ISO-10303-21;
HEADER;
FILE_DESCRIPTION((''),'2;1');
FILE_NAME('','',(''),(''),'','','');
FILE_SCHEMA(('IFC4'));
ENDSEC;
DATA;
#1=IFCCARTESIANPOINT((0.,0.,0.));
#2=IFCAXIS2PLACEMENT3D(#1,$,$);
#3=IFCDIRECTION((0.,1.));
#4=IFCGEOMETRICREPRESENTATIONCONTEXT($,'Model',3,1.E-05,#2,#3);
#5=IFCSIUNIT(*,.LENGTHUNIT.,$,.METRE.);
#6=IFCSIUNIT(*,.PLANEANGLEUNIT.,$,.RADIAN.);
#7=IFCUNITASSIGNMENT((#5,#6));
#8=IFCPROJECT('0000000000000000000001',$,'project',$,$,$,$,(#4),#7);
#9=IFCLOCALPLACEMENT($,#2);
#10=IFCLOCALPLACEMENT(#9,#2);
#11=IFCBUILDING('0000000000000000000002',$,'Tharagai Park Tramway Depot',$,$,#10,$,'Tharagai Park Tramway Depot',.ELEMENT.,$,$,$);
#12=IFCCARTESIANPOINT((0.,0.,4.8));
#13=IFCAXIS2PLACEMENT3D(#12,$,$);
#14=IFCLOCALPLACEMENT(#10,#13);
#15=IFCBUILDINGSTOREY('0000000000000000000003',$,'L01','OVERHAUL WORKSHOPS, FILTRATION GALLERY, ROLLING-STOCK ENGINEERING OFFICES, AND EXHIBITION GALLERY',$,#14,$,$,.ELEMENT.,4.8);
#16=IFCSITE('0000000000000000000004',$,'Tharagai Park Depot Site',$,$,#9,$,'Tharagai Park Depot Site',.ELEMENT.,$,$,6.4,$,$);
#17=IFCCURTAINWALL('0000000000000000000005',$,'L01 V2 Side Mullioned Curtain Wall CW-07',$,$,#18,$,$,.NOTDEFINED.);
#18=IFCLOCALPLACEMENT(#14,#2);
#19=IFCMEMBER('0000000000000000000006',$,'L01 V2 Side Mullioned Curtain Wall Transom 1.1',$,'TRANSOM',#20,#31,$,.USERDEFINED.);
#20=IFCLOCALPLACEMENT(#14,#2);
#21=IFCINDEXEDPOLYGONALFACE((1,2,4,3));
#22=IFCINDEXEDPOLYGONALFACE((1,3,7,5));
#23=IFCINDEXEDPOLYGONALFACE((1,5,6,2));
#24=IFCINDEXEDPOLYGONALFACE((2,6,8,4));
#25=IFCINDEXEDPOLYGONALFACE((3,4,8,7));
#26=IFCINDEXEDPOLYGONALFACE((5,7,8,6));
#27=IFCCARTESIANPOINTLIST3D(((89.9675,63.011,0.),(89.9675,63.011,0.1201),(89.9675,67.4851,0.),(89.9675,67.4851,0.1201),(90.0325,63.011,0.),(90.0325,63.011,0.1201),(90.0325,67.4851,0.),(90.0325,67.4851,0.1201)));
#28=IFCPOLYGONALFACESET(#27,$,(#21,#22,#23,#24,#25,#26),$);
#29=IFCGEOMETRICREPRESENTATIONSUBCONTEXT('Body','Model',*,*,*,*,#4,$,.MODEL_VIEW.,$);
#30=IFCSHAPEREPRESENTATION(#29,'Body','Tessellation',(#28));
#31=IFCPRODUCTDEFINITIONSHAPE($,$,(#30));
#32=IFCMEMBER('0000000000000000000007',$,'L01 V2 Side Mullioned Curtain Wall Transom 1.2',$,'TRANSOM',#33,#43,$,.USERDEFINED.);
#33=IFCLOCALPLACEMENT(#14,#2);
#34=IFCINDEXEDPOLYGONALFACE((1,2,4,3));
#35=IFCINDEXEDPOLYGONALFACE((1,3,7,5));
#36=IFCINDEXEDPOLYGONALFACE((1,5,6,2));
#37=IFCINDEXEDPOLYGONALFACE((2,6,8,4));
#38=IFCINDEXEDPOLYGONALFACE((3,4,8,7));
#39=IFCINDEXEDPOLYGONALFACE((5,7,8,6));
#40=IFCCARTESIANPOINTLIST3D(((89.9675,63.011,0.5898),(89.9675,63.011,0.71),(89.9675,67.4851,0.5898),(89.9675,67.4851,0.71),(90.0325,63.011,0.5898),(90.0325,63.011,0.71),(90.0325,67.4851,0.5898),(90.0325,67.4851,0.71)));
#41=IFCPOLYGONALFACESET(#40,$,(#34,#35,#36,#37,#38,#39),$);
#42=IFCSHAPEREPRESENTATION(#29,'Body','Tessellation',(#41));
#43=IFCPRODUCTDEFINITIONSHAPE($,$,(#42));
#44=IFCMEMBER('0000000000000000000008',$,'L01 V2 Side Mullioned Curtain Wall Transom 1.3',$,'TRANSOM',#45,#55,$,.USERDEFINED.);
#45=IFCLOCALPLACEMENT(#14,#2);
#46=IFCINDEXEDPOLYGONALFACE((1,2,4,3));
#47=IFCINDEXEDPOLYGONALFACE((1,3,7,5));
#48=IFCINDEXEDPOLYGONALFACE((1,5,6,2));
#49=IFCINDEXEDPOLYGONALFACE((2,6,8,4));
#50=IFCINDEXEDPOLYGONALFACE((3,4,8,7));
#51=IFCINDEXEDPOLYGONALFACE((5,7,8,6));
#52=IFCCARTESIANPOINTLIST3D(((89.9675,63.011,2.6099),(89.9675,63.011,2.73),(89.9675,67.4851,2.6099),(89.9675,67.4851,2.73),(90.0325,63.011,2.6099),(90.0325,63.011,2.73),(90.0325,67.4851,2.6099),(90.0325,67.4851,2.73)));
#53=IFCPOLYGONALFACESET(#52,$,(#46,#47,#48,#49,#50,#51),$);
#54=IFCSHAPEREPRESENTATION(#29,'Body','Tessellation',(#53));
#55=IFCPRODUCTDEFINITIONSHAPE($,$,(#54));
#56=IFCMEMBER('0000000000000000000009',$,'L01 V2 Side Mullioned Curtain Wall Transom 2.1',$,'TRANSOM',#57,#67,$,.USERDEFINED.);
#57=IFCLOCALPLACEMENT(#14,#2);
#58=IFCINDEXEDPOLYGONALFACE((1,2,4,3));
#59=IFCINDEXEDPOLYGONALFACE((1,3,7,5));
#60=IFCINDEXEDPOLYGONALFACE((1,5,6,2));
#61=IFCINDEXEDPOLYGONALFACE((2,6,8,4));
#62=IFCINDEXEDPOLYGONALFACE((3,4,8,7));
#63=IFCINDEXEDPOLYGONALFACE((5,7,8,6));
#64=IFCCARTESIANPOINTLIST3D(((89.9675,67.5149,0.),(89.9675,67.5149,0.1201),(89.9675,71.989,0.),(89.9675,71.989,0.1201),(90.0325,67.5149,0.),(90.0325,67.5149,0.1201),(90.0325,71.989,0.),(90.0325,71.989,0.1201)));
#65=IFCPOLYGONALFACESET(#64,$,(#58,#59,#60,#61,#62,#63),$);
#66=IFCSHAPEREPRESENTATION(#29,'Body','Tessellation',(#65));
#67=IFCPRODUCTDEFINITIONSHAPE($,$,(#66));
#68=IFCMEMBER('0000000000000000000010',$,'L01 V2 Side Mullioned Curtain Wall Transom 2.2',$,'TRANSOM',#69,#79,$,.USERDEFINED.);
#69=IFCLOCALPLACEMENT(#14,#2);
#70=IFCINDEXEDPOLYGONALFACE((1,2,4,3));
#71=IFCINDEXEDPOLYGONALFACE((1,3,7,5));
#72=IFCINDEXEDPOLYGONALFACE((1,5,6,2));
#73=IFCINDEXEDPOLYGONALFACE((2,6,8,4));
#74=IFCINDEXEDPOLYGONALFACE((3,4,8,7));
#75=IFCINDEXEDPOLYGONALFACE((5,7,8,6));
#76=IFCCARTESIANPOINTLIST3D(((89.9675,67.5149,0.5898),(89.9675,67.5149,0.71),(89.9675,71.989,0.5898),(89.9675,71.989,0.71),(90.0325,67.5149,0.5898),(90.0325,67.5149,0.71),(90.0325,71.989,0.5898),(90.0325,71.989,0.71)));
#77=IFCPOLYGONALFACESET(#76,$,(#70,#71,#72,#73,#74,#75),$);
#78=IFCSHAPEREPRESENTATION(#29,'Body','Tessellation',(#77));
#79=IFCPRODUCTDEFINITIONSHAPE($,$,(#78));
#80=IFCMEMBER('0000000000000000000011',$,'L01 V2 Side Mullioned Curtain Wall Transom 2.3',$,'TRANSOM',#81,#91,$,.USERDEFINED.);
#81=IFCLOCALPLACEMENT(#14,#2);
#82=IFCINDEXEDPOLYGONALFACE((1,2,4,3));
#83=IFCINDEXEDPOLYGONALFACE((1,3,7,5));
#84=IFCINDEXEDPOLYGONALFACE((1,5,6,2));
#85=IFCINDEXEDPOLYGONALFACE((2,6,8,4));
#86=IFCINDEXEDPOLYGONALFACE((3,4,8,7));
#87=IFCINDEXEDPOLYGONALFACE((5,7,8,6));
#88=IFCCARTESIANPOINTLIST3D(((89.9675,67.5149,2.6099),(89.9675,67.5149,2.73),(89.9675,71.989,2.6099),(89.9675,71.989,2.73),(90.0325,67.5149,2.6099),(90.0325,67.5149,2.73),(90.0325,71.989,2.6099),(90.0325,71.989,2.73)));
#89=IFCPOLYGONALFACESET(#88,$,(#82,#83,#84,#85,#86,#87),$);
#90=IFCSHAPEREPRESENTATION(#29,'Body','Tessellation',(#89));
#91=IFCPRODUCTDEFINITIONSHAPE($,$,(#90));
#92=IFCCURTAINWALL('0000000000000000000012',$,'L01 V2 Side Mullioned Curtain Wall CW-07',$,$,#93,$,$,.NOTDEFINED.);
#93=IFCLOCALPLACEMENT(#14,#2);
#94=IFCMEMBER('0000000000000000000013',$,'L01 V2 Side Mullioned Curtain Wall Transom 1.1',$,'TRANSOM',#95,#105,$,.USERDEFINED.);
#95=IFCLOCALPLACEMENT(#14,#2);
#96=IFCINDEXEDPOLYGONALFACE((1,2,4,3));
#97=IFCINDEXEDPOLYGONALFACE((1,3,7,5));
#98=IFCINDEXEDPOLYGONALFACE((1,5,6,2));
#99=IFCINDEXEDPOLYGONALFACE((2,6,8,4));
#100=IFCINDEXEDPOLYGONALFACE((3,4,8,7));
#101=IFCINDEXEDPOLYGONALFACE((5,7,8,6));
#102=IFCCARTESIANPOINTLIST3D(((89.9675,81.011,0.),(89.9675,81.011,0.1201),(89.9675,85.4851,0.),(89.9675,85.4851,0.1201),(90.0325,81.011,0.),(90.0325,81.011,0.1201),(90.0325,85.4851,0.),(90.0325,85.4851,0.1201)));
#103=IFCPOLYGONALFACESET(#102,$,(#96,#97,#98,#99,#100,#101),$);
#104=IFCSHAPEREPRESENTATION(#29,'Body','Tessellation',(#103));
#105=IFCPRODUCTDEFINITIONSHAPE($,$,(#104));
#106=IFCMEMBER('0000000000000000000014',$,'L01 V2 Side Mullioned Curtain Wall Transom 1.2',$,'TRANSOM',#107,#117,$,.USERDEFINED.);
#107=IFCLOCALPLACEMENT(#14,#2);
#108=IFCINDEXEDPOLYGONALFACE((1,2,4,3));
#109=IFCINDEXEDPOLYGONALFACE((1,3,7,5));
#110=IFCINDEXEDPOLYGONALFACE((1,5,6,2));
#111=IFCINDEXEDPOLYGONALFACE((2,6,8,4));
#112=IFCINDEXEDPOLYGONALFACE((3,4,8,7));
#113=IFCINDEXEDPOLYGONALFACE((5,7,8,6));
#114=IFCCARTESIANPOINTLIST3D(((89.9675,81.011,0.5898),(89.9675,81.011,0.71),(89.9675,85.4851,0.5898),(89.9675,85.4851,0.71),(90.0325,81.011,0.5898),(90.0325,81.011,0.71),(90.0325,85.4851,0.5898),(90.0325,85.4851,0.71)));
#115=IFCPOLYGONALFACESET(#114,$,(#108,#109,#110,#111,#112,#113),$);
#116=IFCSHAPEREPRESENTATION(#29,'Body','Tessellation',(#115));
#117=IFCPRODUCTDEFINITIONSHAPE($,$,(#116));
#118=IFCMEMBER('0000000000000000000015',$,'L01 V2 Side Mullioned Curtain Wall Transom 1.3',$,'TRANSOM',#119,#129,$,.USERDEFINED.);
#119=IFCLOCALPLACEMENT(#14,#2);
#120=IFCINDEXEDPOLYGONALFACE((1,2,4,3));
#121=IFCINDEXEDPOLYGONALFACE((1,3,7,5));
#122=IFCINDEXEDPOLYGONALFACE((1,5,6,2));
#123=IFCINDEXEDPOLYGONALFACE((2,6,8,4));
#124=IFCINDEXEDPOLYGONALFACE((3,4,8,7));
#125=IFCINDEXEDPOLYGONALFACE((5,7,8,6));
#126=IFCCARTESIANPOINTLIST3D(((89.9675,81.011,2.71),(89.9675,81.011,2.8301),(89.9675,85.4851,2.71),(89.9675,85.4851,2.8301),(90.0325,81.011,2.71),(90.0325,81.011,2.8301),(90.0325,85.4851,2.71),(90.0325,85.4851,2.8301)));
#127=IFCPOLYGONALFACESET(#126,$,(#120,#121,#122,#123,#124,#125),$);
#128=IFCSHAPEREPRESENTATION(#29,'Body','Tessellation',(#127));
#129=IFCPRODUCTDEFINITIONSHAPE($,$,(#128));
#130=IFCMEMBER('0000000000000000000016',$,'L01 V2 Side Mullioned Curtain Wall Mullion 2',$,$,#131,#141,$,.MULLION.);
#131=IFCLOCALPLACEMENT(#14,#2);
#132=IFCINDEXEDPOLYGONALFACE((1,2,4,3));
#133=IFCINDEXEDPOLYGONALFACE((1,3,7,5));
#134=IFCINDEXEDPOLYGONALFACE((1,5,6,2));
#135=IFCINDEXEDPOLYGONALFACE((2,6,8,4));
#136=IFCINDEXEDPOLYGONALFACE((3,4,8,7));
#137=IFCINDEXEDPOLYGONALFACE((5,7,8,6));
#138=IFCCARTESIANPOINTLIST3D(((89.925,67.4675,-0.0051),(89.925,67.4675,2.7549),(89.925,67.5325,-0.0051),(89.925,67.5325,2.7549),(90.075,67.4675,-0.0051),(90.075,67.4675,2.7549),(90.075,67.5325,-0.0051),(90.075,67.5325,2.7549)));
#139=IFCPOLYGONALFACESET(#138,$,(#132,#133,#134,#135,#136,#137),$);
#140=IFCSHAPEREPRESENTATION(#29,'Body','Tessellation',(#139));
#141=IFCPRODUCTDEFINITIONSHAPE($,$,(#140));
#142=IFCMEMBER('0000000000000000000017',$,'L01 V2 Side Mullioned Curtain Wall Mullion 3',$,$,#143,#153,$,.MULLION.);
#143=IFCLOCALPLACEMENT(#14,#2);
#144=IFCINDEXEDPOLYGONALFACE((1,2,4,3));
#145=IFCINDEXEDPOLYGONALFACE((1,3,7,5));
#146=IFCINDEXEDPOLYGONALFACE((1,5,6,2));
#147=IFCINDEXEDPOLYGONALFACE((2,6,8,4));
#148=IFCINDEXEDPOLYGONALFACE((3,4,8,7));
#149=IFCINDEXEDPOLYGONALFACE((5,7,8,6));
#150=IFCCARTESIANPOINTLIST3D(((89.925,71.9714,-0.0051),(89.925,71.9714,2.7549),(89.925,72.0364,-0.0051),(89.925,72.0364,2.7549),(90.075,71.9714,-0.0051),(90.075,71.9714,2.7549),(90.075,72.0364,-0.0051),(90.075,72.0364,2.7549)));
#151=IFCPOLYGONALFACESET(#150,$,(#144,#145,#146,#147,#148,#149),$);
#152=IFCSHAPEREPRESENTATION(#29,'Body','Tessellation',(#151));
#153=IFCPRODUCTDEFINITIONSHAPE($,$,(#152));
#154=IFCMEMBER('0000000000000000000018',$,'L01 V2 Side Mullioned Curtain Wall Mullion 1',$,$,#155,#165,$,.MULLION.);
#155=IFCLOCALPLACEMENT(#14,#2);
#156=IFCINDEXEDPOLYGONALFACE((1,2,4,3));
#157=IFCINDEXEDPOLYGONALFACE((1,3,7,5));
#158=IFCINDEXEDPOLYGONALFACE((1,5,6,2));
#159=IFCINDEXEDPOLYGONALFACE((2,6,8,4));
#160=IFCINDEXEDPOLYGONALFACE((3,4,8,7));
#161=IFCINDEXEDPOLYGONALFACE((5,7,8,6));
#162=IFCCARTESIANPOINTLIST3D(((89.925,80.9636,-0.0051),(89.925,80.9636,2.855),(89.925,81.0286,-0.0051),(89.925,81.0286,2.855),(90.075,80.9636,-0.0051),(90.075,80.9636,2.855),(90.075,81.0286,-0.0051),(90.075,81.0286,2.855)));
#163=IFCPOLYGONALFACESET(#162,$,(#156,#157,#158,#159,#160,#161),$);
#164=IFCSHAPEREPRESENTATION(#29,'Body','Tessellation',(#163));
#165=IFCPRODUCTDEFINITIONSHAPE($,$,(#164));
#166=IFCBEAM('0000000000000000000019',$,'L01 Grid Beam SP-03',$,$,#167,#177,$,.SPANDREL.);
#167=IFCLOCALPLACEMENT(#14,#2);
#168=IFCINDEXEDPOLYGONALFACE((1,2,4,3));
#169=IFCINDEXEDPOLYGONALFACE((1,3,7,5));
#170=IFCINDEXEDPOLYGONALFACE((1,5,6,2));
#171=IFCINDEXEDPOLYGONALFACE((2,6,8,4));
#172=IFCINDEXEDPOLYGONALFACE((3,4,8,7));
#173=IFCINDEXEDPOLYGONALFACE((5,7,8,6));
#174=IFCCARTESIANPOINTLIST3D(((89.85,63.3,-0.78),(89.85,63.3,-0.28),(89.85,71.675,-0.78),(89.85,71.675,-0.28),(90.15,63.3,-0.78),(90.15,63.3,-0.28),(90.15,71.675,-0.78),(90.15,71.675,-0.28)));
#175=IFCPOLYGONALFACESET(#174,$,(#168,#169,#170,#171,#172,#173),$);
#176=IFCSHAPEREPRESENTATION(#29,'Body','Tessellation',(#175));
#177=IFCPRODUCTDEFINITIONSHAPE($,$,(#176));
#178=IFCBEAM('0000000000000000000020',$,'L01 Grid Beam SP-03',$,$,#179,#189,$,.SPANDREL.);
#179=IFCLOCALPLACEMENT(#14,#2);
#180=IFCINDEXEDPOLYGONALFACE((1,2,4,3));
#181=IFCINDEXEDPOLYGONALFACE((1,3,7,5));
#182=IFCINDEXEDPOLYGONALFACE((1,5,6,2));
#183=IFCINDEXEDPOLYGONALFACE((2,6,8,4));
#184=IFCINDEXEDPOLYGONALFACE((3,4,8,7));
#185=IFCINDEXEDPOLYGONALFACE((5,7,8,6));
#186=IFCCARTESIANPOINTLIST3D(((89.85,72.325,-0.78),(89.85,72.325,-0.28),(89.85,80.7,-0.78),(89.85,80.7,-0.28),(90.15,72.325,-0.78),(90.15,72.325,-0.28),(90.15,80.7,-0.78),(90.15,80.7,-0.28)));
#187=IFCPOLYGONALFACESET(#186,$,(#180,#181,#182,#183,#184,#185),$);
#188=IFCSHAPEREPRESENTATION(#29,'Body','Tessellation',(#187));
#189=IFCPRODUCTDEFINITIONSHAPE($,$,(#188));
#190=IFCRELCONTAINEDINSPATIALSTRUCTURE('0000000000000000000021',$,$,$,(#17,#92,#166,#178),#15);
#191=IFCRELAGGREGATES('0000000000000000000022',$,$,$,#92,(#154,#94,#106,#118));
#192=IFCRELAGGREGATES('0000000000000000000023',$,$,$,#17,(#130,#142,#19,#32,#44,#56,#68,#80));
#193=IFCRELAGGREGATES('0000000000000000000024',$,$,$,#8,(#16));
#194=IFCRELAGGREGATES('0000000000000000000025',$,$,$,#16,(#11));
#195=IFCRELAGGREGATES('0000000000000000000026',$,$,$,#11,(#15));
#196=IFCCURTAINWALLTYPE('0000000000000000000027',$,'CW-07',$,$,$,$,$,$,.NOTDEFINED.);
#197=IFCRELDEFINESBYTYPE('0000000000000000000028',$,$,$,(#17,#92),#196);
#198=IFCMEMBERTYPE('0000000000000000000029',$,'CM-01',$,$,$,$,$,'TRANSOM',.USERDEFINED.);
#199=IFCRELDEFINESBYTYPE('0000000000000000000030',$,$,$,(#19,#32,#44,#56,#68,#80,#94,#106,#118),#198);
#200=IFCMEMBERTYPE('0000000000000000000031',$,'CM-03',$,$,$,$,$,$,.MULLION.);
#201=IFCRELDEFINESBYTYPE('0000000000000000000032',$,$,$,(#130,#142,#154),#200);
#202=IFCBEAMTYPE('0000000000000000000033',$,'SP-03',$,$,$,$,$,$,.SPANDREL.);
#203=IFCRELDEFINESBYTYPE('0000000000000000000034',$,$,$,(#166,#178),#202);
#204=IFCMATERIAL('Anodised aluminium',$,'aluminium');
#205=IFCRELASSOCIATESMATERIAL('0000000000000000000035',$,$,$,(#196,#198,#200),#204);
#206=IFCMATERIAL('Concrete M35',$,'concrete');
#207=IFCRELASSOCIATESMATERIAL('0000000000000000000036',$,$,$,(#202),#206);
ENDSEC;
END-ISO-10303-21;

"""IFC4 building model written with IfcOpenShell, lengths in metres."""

from ifc_helpers import new_model, si_unit, direction, frame, origin, origin_2d, place, context, subcontext, project, spatial, rectangle, extrude, material, material_profile, profile_set, type_object, element, aggregate, save


model = new_model("IFC4")

# Units and contexts
model_context = context("Model", 3, precision=1e-05, world=origin(), true_north=direction((0.0, 1.0)))
body_context = subcontext(model_context, "Body", "Model", "MODEL_VIEW")
ifc_project = project(units=[si_unit("LENGTHUNIT", "METRE"), si_unit("PLANEANGLEUNIT", "RADIAN")], contexts=[model_context])

# Site, building, storey
site_placement = place(None, origin())
site = spatial("IfcSite", under=ifc_project, at=site_placement, Name="Tharagai Park Depot Site", LongName="Tharagai Park Depot Site", CompositionType="ELEMENT", RefElevation=6.4)
building_placement = place(site_placement, origin())
building = spatial("IfcBuilding", under=site, at=building_placement, Name="Tharagai Park Tramway Depot", LongName="Tharagai Park Tramway Depot", CompositionType="ELEMENT")
storey_placement = place(building_placement, frame((0.0, 0.0, 4.8)))
storey = spatial("IfcBuildingStorey", under=building, at=storey_placement, Name="L01", Description="OVERHAUL WORKSHOPS, FILTRATION GALLERY, ROLLING-STOCK ENGINEERING OFFICES, AND EXHIBITION GALLERY", CompositionType="ELEMENT", Elevation=4.8)

# Curtain walls, members
ifc_material_1 = material(Name="Anodised aluminium", Category="aluminium")
curtain_wall_type = type_object("IfcCurtainWallType", Name="CW-07", PredefinedType="NOTDEFINED", material=ifc_material_1)
curtain_wall_1_placement = place(storey_placement, origin())
curtain_wall_1 = element("IfcCurtainWall", 1, at=curtain_wall_1_placement, inside=storey, type_object=curtain_wall_type, Name="L01 V2 Side Mullioned Curtain Wall CW-07", PredefinedType="NOTDEFINED")
ifc_material_profile_1 = material_profile(ifc_material_1, rectangle(XDim=0.0649, YDim=0.1201, at=origin_2d()), Name="ALU 65x120")
ifc_profile_set_1 = profile_set([ifc_material_profile_1], Name="Anodised aluminium")
member_type_1 = type_object("IfcMemberType", Name="CM-01", ElementType="TRANSOM", PredefinedType="USERDEFINED", material=ifc_profile_set_1)
member_1_placement = place(storey_placement, frame((90.0, 63.011, 0.0601), z_axis=(0.0, 1.0, 0.0), x_axis=(-1.0, 0.0, 0.0)))
member_1 = element("IfcMember", 2, at=member_1_placement, type_object=member_type_1, Name="L01 V2 Side Mullioned Curtain Wall Transom 1.1", ObjectType="TRANSOM", PredefinedType="USERDEFINED", context=body_context, shape_type="SweptSolid", body=[
    extrude(rectangle(XDim=0.0649, YDim=0.1201, at=origin_2d()), origin(), (0.0, 0.0, 1.0), 4.4741),
])
member_2_placement = place(storey_placement, frame((90.0, 63.011, 0.6499), z_axis=(0.0, 1.0, 0.0), x_axis=(-1.0, 0.0, 0.0)))
member_2 = element("IfcMember", 3, at=member_2_placement, type_object=member_type_1, Name="L01 V2 Side Mullioned Curtain Wall Transom 1.2", ObjectType="TRANSOM", PredefinedType="USERDEFINED", context=body_context, shape_type="SweptSolid", body=[
    extrude(rectangle(XDim=0.0649, YDim=0.1201, at=origin_2d()), origin(), (0.0, 0.0, 1.0), 4.4741),
])
member_3_placement = place(storey_placement, frame((90.0, 63.011, 2.6699), z_axis=(0.0, 1.0, 0.0), x_axis=(-1.0, 0.0, 0.0)))
member_3 = element("IfcMember", 4, at=member_3_placement, type_object=member_type_1, Name="L01 V2 Side Mullioned Curtain Wall Transom 1.3", ObjectType="TRANSOM", PredefinedType="USERDEFINED", context=body_context, shape_type="SweptSolid", body=[
    extrude(rectangle(XDim=0.0649, YDim=0.1201, at=origin_2d()), origin(), (0.0, 0.0, 1.0), 4.4741),
])
member_4_placement = place(storey_placement, frame((90.0, 67.5149, 0.0601), z_axis=(0.0, 1.0, 0.0), x_axis=(-1.0, 0.0, 0.0)))
member_4 = element("IfcMember", 5, at=member_4_placement, type_object=member_type_1, Name="L01 V2 Side Mullioned Curtain Wall Transom 2.1", ObjectType="TRANSOM", PredefinedType="USERDEFINED", context=body_context, shape_type="SweptSolid", body=[
    extrude(rectangle(XDim=0.0649, YDim=0.1201, at=origin_2d()), origin(), (0.0, 0.0, 1.0), 4.4741),
])
member_5_placement = place(storey_placement, frame((90.0, 67.5149, 0.6499), z_axis=(0.0, 1.0, 0.0), x_axis=(-1.0, 0.0, 0.0)))
member_5 = element("IfcMember", 6, at=member_5_placement, type_object=member_type_1, Name="L01 V2 Side Mullioned Curtain Wall Transom 2.2", ObjectType="TRANSOM", PredefinedType="USERDEFINED", context=body_context, shape_type="SweptSolid", body=[
    extrude(rectangle(XDim=0.0649, YDim=0.1201, at=origin_2d()), origin(), (0.0, 0.0, 1.0), 4.4741),
])
member_6_placement = place(storey_placement, frame((90.0, 67.5149, 2.6699), z_axis=(0.0, 1.0, 0.0), x_axis=(-1.0, 0.0, 0.0)))
member_6 = element("IfcMember", 7, at=member_6_placement, type_object=member_type_1, Name="L01 V2 Side Mullioned Curtain Wall Transom 2.3", ObjectType="TRANSOM", PredefinedType="USERDEFINED", context=body_context, shape_type="SweptSolid", body=[
    extrude(rectangle(XDim=0.0649, YDim=0.1201, at=origin_2d()), origin(), (0.0, 0.0, 1.0), 4.4741),
])
curtain_wall_2_placement = place(storey_placement, origin())
curtain_wall_2 = element("IfcCurtainWall", 8, at=curtain_wall_2_placement, inside=storey, type_object=curtain_wall_type, Name="L01 V2 Side Mullioned Curtain Wall CW-07", PredefinedType="NOTDEFINED")
member_7_placement = place(storey_placement, frame((90.0, 81.011, 0.0601), z_axis=(0.0, 1.0, 0.0), x_axis=(-1.0, 0.0, 0.0)))
member_7 = element("IfcMember", 9, at=member_7_placement, type_object=member_type_1, Name="L01 V2 Side Mullioned Curtain Wall Transom 1.1", ObjectType="TRANSOM", PredefinedType="USERDEFINED", context=body_context, shape_type="SweptSolid", body=[
    extrude(rectangle(XDim=0.0649, YDim=0.1201, at=origin_2d()), origin(), (0.0, 0.0, 1.0), 4.4741),
])
member_8_placement = place(storey_placement, frame((90.0, 81.011, 0.6499), z_axis=(0.0, 1.0, 0.0), x_axis=(-1.0, 0.0, 0.0)))
member_8 = element("IfcMember", 10, at=member_8_placement, type_object=member_type_1, Name="L01 V2 Side Mullioned Curtain Wall Transom 1.2", ObjectType="TRANSOM", PredefinedType="USERDEFINED", context=body_context, shape_type="SweptSolid", body=[
    extrude(rectangle(XDim=0.0649, YDim=0.1201, at=origin_2d()), origin(), (0.0, 0.0, 1.0), 4.4741),
])
member_9_placement = place(storey_placement, frame((90.0, 81.011, 2.77), z_axis=(0.0, 1.0, 0.0), x_axis=(-1.0, 0.0, 0.0)))
member_9 = element("IfcMember", 11, at=member_9_placement, type_object=member_type_1, Name="L01 V2 Side Mullioned Curtain Wall Transom 1.3", ObjectType="TRANSOM", PredefinedType="USERDEFINED", context=body_context, shape_type="SweptSolid", body=[
    extrude(rectangle(XDim=0.0649, YDim=0.1201, at=origin_2d()), origin(), (0.0, 0.0, 1.0), 4.4741),
])

# Members
ifc_material_profile_2 = material_profile(ifc_material_1, rectangle(XDim=0.0649, YDim=0.1499, at=origin_2d()), Name="ALU 65x150")
ifc_profile_set_2 = profile_set([ifc_material_profile_2], Name="Anodised aluminium")
member_type_2 = type_object("IfcMemberType", Name="CM-03", PredefinedType="MULLION", material=ifc_profile_set_2)
member_10_placement = place(storey_placement, frame((90.0, 67.5, -0.0051), z_axis=(0.0, 0.0, 1.0), x_axis=(0.0, 1.0, 0.0)))
member_10 = element("IfcMember", 12, at=member_10_placement, type_object=member_type_2, Name="L01 V2 Side Mullioned Curtain Wall Mullion 2", PredefinedType="MULLION", context=body_context, shape_type="SweptSolid", body=[
    extrude(rectangle(XDim=0.0649, YDim=0.1499, at=origin_2d()), origin(), (0.0, 0.0, 1.0), 2.76),
])
member_11_placement = place(storey_placement, frame((90.0, 72.0039, -0.0051), z_axis=(0.0, 0.0, 1.0), x_axis=(0.0, 1.0, 0.0)))
member_11 = element("IfcMember", 13, at=member_11_placement, type_object=member_type_2, Name="L01 V2 Side Mullioned Curtain Wall Mullion 3", PredefinedType="MULLION", context=body_context, shape_type="SweptSolid", body=[
    extrude(rectangle(XDim=0.0649, YDim=0.1499, at=origin_2d()), origin(), (0.0, 0.0, 1.0), 2.76),
])
member_12_placement = place(storey_placement, frame((90.0, 80.9961, -0.0051), z_axis=(0.0, 0.0, 1.0), x_axis=(0.0, 1.0, 0.0)))
member_12 = element("IfcMember", 14, at=member_12_placement, type_object=member_type_2, Name="L01 V2 Side Mullioned Curtain Wall Mullion 1", PredefinedType="MULLION", context=body_context, shape_type="SweptSolid", body=[
    extrude(rectangle(XDim=0.0649, YDim=0.1499, at=origin_2d()), origin(), (0.0, 0.0, 1.0), 2.8601),
])
aggregate(curtain_wall_2, [member_12, member_7, member_8, member_9])

# Beams
ifc_material_2 = material(Name="Concrete M35", Category="concrete")
ifc_material_profile_3 = material_profile(ifc_material_2, rectangle(XDim=0.3, YDim=0.5, at=origin_2d()), Name="RC 300x500")
ifc_profile_set_3 = profile_set([ifc_material_profile_3], Name="Concrete M35")
beam_type = type_object("IfcBeamType", Name="SP-03", PredefinedType="SPANDREL", material=ifc_profile_set_3)
for number, where, z_axis, x_axis, name in (
    (15, (90.0, 63.3, -0.53), (0.0, 1.0, 0.0), (-1.0, 0.0, 0.0), "L01 Grid Beam SP-03"),
    (16, (90.0, 72.325, -0.53), (0.0, 1.0, 0.0), (-1.0, 0.0, 0.0), "L01 Grid Beam SP-03"),
):
    element("IfcBeam", number, at=place(storey_placement, frame(where, z_axis=z_axis, x_axis=x_axis)), inside=storey, type_object=beam_type, Name=name, PredefinedType="SPANDREL", context=body_context, shape_type="SweptSolid", body=[
        extrude(rectangle(XDim=0.3, YDim=0.5, at=origin_2d()), origin(), (0.0, 0.0, 1.0), 8.375),
    ])

aggregate(curtain_wall_1, [member_10, member_11, member_1, member_2, member_3, member_4, member_5, member_6])

save(model, "model.ifc")
